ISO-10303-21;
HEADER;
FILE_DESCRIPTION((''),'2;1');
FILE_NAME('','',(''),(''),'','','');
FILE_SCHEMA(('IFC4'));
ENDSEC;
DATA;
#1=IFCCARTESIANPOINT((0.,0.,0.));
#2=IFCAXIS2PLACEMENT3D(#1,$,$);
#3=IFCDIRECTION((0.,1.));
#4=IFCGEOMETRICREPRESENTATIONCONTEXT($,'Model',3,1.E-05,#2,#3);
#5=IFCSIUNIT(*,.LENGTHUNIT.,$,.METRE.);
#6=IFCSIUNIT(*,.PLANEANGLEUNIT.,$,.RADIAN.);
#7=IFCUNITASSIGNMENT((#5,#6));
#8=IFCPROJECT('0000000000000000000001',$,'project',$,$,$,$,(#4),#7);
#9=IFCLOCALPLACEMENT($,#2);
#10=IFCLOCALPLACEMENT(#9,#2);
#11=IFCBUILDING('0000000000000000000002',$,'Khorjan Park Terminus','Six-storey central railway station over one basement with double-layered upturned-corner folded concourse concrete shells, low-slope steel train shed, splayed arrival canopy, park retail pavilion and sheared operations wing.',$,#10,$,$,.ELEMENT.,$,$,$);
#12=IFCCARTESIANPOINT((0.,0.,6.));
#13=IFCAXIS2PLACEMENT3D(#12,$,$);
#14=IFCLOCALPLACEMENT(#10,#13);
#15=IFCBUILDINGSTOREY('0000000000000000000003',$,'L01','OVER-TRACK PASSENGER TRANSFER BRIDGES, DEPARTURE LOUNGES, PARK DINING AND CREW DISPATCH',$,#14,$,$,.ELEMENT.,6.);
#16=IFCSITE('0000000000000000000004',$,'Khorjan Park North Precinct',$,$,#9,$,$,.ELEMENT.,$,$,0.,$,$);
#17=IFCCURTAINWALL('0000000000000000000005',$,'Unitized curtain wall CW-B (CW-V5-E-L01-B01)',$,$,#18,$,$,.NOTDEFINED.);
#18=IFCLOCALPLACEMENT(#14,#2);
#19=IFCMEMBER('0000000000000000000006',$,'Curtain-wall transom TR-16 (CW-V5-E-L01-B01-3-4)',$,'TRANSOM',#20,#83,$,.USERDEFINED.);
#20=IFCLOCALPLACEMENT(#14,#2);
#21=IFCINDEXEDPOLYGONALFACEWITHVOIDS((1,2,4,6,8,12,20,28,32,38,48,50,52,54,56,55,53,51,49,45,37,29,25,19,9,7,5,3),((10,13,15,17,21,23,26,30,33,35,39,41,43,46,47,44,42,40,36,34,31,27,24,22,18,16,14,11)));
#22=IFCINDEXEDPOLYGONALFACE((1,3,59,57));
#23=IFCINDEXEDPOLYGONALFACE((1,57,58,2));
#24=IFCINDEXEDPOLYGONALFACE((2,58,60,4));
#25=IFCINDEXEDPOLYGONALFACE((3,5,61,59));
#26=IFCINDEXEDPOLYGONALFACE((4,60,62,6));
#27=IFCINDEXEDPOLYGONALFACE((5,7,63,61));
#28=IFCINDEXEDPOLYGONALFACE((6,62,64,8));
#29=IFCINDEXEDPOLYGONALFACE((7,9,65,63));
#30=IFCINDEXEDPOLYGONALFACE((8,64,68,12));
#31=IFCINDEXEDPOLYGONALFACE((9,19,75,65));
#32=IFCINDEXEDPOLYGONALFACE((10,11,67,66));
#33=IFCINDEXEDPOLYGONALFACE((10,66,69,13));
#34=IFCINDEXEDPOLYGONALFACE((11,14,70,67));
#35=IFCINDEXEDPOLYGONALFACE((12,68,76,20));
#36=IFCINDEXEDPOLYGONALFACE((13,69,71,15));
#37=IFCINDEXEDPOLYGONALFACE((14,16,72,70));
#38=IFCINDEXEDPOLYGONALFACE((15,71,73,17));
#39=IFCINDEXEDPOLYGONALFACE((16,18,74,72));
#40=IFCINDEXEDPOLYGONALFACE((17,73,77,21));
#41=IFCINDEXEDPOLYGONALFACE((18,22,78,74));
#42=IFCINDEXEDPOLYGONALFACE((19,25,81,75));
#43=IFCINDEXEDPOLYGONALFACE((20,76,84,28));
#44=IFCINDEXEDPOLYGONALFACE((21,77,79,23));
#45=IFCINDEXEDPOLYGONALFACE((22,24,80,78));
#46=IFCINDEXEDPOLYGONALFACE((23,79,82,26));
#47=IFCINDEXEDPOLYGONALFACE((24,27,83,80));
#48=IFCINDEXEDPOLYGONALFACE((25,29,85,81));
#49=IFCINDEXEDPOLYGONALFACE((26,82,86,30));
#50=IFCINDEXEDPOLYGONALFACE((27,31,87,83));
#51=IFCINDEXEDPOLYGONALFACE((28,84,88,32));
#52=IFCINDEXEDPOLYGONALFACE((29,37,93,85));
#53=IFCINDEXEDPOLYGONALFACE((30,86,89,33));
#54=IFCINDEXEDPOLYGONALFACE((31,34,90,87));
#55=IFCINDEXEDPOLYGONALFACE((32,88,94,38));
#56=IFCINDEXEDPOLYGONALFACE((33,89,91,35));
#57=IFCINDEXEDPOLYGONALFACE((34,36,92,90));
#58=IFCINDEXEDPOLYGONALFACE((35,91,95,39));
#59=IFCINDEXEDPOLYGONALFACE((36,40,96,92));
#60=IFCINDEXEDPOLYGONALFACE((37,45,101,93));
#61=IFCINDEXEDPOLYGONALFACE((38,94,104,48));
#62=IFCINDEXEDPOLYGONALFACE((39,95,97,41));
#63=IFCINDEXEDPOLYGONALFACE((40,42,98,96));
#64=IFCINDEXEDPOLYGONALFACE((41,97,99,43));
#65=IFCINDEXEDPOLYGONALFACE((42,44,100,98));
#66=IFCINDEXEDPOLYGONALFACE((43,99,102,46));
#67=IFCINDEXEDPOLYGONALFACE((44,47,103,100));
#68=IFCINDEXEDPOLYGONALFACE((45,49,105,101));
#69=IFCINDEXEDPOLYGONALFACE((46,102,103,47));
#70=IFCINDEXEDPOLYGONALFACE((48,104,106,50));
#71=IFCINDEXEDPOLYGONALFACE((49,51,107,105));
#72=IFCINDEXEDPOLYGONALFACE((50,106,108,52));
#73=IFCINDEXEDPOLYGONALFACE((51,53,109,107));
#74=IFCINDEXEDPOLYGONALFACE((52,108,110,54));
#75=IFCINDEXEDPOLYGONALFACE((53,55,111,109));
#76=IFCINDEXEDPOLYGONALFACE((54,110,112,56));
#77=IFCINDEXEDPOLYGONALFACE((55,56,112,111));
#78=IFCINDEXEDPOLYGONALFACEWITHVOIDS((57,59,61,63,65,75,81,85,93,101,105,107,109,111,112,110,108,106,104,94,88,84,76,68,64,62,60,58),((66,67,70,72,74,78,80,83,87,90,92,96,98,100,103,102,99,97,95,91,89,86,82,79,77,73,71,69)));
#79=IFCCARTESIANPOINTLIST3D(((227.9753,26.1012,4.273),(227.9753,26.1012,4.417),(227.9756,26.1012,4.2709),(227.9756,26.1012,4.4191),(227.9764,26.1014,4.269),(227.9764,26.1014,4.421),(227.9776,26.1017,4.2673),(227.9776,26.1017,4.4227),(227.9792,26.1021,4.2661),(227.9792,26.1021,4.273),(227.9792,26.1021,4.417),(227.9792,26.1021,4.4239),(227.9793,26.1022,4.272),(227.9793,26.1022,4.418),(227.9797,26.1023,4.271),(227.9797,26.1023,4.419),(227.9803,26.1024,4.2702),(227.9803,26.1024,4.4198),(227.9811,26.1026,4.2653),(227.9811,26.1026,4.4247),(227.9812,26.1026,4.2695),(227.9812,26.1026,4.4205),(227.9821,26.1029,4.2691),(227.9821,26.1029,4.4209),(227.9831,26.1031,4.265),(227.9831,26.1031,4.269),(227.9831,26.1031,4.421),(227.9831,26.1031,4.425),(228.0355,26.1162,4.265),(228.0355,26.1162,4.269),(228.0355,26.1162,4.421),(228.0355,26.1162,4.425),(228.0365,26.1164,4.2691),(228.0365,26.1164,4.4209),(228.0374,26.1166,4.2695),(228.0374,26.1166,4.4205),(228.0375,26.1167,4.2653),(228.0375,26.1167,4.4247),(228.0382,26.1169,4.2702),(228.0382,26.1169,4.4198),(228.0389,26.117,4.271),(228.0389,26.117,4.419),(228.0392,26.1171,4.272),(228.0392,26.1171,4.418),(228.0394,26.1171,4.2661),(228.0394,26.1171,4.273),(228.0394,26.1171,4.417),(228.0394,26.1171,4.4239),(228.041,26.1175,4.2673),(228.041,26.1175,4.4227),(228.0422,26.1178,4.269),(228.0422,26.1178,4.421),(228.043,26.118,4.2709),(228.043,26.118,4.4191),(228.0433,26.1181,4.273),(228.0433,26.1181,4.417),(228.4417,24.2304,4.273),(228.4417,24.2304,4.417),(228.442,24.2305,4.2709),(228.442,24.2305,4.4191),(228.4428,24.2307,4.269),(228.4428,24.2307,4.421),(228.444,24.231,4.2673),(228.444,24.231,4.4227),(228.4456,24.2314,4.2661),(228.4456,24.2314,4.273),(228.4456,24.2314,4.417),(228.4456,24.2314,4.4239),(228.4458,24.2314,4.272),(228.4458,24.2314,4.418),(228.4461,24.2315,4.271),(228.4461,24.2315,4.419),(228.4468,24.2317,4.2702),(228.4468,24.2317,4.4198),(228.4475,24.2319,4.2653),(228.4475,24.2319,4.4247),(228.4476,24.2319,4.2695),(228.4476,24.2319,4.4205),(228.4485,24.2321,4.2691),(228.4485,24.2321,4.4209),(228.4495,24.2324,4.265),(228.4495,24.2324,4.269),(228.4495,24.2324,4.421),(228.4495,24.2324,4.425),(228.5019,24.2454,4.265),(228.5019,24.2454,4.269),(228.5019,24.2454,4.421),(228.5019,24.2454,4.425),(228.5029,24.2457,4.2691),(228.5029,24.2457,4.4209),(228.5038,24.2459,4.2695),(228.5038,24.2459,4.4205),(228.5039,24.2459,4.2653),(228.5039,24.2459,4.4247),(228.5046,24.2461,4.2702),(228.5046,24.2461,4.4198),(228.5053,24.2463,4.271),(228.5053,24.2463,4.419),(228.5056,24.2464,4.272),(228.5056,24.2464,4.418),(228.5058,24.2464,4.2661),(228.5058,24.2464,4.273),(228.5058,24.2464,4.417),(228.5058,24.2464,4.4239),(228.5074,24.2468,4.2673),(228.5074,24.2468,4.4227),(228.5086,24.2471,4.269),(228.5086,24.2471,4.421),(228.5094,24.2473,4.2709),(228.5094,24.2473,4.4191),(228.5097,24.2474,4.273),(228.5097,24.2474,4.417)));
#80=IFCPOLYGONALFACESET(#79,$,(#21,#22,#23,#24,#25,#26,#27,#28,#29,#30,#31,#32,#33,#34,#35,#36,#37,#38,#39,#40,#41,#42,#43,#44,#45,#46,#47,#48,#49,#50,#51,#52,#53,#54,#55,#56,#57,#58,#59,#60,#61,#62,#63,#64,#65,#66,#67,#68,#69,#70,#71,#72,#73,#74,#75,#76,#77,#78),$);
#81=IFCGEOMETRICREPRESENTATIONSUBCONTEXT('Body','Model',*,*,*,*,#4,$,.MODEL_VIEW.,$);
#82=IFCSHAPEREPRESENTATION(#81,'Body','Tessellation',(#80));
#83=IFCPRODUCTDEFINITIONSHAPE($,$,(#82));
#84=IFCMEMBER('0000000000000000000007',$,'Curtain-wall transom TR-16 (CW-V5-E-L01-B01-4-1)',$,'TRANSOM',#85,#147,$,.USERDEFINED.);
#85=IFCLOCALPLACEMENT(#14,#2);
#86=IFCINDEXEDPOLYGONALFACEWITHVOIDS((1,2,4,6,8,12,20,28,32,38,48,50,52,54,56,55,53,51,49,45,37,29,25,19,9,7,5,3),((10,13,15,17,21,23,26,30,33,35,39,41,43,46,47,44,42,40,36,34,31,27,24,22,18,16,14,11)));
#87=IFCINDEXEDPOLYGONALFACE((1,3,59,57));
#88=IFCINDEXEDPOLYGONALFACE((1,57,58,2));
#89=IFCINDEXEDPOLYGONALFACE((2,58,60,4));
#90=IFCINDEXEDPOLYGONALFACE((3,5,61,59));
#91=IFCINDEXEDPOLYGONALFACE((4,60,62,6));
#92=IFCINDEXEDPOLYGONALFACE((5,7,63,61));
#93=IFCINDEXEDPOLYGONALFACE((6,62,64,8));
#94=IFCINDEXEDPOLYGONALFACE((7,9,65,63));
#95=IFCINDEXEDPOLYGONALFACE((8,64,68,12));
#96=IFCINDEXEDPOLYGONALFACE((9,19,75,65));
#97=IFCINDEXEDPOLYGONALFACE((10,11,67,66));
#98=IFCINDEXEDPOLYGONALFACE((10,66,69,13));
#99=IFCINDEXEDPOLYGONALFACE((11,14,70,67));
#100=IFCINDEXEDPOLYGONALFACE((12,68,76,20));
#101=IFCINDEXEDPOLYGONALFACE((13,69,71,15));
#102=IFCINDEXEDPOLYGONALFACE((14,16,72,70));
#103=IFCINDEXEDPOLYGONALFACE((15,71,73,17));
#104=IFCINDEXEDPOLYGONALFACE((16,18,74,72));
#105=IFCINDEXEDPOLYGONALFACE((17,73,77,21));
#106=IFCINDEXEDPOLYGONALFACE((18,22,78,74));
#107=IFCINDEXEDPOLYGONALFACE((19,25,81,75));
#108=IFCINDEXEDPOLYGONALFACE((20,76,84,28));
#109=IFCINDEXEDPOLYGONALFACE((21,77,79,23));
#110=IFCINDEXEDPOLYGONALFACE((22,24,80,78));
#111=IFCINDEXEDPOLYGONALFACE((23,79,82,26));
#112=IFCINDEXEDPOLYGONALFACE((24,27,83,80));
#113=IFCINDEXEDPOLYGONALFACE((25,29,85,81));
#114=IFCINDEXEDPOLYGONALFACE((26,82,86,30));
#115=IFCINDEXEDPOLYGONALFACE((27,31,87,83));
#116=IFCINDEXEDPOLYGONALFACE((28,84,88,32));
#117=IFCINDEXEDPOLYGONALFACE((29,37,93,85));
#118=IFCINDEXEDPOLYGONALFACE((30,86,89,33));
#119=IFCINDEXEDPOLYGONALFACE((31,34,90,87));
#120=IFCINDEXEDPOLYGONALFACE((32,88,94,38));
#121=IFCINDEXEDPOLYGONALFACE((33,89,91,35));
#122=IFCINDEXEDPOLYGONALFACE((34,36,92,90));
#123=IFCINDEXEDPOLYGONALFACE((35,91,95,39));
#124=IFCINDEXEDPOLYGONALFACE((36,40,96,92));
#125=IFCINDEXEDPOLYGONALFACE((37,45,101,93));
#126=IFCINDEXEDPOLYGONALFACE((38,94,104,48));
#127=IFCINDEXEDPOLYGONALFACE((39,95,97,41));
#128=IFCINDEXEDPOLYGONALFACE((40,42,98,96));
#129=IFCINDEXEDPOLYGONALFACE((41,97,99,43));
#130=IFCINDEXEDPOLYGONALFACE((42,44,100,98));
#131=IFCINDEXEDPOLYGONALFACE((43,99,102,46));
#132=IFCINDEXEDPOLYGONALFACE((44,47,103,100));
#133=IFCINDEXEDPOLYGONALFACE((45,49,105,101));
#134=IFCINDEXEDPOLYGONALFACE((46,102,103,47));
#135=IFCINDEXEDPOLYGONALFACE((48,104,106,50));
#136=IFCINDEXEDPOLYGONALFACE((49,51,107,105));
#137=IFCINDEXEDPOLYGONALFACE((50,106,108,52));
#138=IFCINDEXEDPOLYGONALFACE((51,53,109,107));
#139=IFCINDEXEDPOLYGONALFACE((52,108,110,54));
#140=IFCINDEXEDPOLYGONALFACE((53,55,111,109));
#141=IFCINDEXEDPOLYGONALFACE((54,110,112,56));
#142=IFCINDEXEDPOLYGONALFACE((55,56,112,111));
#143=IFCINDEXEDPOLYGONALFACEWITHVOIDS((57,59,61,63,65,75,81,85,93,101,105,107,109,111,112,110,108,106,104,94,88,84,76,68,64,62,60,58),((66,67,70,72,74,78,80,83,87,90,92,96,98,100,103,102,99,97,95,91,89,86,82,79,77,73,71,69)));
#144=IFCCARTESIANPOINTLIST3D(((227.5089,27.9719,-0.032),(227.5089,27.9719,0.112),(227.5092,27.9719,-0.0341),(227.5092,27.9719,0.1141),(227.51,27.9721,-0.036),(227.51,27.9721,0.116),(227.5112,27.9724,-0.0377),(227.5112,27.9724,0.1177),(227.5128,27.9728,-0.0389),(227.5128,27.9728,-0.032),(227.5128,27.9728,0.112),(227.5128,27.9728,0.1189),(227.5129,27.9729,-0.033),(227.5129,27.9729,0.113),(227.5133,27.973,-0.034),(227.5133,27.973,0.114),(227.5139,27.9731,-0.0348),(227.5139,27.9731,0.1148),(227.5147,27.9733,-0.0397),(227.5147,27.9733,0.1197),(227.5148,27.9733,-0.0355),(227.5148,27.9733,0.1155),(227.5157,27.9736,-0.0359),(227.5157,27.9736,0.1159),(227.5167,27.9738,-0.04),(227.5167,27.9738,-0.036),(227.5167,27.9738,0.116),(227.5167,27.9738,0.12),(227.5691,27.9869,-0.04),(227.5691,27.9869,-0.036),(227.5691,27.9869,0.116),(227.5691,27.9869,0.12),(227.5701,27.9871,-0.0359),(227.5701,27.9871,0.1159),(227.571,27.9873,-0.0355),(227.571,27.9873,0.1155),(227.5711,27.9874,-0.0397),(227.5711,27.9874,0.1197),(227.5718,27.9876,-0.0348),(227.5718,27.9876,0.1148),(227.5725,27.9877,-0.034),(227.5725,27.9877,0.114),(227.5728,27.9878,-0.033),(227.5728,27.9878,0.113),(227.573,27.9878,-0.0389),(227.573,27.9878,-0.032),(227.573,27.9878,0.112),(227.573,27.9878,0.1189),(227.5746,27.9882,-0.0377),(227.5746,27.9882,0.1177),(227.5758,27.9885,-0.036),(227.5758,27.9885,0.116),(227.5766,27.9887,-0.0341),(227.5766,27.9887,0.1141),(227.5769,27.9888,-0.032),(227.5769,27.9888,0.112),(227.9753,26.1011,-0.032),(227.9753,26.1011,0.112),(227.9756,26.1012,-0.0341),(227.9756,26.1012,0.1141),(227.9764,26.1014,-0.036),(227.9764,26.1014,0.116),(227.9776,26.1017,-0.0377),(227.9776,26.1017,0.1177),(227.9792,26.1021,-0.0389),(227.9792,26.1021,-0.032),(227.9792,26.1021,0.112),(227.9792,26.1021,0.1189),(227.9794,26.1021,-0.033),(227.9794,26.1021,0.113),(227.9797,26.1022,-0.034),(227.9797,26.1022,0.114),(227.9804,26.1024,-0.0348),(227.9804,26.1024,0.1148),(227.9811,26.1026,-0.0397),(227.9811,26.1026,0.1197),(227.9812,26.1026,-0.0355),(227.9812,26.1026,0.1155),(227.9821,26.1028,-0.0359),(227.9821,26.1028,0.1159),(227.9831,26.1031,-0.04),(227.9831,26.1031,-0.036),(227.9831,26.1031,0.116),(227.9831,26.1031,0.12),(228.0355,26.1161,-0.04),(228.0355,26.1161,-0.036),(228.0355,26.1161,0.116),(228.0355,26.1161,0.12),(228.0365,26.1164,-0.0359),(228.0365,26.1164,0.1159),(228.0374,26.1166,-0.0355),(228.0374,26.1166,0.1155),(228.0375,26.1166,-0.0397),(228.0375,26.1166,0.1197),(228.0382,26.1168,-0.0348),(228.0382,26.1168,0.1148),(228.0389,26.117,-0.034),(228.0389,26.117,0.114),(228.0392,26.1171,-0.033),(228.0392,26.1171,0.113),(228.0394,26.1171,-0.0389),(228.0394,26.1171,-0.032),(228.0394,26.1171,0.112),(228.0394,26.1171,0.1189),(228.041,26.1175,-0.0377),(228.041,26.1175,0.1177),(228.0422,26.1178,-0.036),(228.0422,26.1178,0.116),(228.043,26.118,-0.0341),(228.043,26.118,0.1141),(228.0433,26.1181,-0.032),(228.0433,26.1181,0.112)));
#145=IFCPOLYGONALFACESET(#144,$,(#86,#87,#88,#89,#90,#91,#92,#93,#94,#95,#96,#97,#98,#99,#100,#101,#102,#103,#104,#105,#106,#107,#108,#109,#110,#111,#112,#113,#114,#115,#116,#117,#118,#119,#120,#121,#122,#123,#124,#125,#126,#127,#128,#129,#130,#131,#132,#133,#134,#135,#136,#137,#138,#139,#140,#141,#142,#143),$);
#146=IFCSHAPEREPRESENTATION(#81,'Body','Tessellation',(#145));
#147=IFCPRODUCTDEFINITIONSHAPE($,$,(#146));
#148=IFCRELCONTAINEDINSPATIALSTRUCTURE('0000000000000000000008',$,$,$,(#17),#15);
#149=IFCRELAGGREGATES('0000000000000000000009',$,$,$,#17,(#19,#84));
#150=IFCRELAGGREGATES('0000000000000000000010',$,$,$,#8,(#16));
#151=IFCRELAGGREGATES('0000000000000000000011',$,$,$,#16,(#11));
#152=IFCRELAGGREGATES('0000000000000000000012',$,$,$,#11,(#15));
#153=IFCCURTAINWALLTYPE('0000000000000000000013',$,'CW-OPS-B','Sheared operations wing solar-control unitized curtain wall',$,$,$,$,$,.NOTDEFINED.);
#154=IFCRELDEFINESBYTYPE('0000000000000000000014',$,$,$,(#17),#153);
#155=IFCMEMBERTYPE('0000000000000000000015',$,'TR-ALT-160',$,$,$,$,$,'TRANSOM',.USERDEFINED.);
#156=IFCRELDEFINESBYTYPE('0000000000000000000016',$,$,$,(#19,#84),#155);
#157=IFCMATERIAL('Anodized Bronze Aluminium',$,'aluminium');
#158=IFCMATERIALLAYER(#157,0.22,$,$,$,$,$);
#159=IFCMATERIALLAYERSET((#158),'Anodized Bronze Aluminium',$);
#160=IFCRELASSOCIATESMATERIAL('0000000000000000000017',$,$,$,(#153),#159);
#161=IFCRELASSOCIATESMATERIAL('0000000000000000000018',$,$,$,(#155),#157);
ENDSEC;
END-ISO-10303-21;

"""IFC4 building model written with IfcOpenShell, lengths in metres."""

from ifc_helpers import new_model, si_unit, direction, frame, origin, origin_2d, place, context, subcontext, project, spatial, hollow_rectangle, extrude, material, layer, layer_set, material_profile, profile_set, type_object, element, aggregate, save


model = new_model("IFC4")

# Units and contexts
model_context = context("Model", 3, precision=1e-05, world=origin(), true_north=direction((0.0, 1.0)))
body_context = subcontext(model_context, "Body", "Model", "MODEL_VIEW")
ifc_project = project(units=[si_unit("LENGTHUNIT", "METRE"), si_unit("PLANEANGLEUNIT", "RADIAN")], contexts=[model_context])

# Site, building, storey
site_placement = place(None, origin())
site = spatial("IfcSite", under=ifc_project, at=site_placement, Name="Khorjan Park North Precinct", CompositionType="ELEMENT", RefElevation=0.0)
building_placement = place(site_placement, origin())
building = spatial("IfcBuilding", under=site, at=building_placement, Name="Khorjan Park Terminus", Description="Six-storey central railway station over one basement with double-layered upturned-corner folded concourse concrete shells, low-slope steel train shed, splayed arrival canopy, park retail pavilion and sheared operations wing.", CompositionType="ELEMENT")
storey_placement = place(building_placement, frame((0.0, 0.0, 6.0)))
storey = spatial("IfcBuildingStorey", under=building, at=storey_placement, Name="L01", Description="OVER-TRACK PASSENGER TRANSFER BRIDGES, DEPARTURE LOUNGES, PARK DINING AND CREW DISPATCH", CompositionType="ELEMENT", Elevation=6.0)

# Curtain wall, members
ifc_material_1 = material(Name="Anodized Bronze Aluminium", Category="aluminium")
ifc_layer_1 = layer(ifc_material_1, 0.22)
ifc_layer_set_1 = layer_set([ifc_layer_1], Name="Anodized Bronze Aluminium")
curtain_wall_type = type_object("IfcCurtainWallType", Name="CW-OPS-B", Description="Sheared operations wing solar-control unitized curtain wall", PredefinedType="NOTDEFINED", material=ifc_layer_set_1)
curtain_wall_placement = place(storey_placement, origin())
curtain_wall = element("IfcCurtainWall", 1, at=curtain_wall_placement, inside=storey, type_object=curtain_wall_type, Name="Unitized curtain wall CW-B (CW-V5-E-L01-B01)", PredefinedType="NOTDEFINED")
ifc_material_profile_1 = material_profile(ifc_material_1, hollow_rectangle(XDim=0.07, YDim=0.16, WallThickness=0.004, InnerFilletRadius=0.004, OuterFilletRadius=0.008, at=origin_2d()), Name="ALT 70x160x4")
ifc_profile_set_1 = profile_set([ifc_material_profile_1], Name="Anodized Bronze Aluminium")
member_type_1 = type_object("IfcMemberType", Name="TR-ALT-160", ElementType="TRANSOM", PredefinedType="USERDEFINED", material=ifc_profile_set_1)
member_1_placement = place(storey_placement, frame((228.4757, 24.2389, 4.345), z_axis=(-0.241913, 0.970298, 0.0), x_axis=(-0.970298, -0.241913, 0.0)))
member_1 = element("IfcMember", 2, at=member_1_placement, type_object=member_type_1, Name="Curtain-wall transom TR-16 (CW-V5-E-L01-B01-3-4)", ObjectType="TRANSOM", PredefinedType="USERDEFINED", context=body_context, shape_type="SweptSolid", body=[
    extrude(hollow_rectangle(XDim=0.07, YDim=0.16, WallThickness=0.004, InnerFilletRadius=0.004, OuterFilletRadius=0.008, at=origin_2d()), origin(), (0.0, 0.0, 1.0), 1.928),
])
member_2_placement = place(storey_placement, frame((228.0093, 26.1096, 0.04), z_axis=(-0.241913, 0.970298, 0.0), x_axis=(-0.970298, -0.241913, 0.0)))
member_2 = element("IfcMember", 3, at=member_2_placement, type_object=member_type_1, Name="Curtain-wall transom TR-16 (CW-V5-E-L01-B01-4-1)", ObjectType="TRANSOM", PredefinedType="USERDEFINED", context=body_context, shape_type="SweptSolid", body=[
    extrude(hollow_rectangle(XDim=0.07, YDim=0.16, WallThickness=0.004, InnerFilletRadius=0.004, OuterFilletRadius=0.008, at=origin_2d()), origin(), (0.0, 0.0, 1.0), 1.928),
])
aggregate(curtain_wall, [member_1, member_2])

save(model, "model.ifc")
